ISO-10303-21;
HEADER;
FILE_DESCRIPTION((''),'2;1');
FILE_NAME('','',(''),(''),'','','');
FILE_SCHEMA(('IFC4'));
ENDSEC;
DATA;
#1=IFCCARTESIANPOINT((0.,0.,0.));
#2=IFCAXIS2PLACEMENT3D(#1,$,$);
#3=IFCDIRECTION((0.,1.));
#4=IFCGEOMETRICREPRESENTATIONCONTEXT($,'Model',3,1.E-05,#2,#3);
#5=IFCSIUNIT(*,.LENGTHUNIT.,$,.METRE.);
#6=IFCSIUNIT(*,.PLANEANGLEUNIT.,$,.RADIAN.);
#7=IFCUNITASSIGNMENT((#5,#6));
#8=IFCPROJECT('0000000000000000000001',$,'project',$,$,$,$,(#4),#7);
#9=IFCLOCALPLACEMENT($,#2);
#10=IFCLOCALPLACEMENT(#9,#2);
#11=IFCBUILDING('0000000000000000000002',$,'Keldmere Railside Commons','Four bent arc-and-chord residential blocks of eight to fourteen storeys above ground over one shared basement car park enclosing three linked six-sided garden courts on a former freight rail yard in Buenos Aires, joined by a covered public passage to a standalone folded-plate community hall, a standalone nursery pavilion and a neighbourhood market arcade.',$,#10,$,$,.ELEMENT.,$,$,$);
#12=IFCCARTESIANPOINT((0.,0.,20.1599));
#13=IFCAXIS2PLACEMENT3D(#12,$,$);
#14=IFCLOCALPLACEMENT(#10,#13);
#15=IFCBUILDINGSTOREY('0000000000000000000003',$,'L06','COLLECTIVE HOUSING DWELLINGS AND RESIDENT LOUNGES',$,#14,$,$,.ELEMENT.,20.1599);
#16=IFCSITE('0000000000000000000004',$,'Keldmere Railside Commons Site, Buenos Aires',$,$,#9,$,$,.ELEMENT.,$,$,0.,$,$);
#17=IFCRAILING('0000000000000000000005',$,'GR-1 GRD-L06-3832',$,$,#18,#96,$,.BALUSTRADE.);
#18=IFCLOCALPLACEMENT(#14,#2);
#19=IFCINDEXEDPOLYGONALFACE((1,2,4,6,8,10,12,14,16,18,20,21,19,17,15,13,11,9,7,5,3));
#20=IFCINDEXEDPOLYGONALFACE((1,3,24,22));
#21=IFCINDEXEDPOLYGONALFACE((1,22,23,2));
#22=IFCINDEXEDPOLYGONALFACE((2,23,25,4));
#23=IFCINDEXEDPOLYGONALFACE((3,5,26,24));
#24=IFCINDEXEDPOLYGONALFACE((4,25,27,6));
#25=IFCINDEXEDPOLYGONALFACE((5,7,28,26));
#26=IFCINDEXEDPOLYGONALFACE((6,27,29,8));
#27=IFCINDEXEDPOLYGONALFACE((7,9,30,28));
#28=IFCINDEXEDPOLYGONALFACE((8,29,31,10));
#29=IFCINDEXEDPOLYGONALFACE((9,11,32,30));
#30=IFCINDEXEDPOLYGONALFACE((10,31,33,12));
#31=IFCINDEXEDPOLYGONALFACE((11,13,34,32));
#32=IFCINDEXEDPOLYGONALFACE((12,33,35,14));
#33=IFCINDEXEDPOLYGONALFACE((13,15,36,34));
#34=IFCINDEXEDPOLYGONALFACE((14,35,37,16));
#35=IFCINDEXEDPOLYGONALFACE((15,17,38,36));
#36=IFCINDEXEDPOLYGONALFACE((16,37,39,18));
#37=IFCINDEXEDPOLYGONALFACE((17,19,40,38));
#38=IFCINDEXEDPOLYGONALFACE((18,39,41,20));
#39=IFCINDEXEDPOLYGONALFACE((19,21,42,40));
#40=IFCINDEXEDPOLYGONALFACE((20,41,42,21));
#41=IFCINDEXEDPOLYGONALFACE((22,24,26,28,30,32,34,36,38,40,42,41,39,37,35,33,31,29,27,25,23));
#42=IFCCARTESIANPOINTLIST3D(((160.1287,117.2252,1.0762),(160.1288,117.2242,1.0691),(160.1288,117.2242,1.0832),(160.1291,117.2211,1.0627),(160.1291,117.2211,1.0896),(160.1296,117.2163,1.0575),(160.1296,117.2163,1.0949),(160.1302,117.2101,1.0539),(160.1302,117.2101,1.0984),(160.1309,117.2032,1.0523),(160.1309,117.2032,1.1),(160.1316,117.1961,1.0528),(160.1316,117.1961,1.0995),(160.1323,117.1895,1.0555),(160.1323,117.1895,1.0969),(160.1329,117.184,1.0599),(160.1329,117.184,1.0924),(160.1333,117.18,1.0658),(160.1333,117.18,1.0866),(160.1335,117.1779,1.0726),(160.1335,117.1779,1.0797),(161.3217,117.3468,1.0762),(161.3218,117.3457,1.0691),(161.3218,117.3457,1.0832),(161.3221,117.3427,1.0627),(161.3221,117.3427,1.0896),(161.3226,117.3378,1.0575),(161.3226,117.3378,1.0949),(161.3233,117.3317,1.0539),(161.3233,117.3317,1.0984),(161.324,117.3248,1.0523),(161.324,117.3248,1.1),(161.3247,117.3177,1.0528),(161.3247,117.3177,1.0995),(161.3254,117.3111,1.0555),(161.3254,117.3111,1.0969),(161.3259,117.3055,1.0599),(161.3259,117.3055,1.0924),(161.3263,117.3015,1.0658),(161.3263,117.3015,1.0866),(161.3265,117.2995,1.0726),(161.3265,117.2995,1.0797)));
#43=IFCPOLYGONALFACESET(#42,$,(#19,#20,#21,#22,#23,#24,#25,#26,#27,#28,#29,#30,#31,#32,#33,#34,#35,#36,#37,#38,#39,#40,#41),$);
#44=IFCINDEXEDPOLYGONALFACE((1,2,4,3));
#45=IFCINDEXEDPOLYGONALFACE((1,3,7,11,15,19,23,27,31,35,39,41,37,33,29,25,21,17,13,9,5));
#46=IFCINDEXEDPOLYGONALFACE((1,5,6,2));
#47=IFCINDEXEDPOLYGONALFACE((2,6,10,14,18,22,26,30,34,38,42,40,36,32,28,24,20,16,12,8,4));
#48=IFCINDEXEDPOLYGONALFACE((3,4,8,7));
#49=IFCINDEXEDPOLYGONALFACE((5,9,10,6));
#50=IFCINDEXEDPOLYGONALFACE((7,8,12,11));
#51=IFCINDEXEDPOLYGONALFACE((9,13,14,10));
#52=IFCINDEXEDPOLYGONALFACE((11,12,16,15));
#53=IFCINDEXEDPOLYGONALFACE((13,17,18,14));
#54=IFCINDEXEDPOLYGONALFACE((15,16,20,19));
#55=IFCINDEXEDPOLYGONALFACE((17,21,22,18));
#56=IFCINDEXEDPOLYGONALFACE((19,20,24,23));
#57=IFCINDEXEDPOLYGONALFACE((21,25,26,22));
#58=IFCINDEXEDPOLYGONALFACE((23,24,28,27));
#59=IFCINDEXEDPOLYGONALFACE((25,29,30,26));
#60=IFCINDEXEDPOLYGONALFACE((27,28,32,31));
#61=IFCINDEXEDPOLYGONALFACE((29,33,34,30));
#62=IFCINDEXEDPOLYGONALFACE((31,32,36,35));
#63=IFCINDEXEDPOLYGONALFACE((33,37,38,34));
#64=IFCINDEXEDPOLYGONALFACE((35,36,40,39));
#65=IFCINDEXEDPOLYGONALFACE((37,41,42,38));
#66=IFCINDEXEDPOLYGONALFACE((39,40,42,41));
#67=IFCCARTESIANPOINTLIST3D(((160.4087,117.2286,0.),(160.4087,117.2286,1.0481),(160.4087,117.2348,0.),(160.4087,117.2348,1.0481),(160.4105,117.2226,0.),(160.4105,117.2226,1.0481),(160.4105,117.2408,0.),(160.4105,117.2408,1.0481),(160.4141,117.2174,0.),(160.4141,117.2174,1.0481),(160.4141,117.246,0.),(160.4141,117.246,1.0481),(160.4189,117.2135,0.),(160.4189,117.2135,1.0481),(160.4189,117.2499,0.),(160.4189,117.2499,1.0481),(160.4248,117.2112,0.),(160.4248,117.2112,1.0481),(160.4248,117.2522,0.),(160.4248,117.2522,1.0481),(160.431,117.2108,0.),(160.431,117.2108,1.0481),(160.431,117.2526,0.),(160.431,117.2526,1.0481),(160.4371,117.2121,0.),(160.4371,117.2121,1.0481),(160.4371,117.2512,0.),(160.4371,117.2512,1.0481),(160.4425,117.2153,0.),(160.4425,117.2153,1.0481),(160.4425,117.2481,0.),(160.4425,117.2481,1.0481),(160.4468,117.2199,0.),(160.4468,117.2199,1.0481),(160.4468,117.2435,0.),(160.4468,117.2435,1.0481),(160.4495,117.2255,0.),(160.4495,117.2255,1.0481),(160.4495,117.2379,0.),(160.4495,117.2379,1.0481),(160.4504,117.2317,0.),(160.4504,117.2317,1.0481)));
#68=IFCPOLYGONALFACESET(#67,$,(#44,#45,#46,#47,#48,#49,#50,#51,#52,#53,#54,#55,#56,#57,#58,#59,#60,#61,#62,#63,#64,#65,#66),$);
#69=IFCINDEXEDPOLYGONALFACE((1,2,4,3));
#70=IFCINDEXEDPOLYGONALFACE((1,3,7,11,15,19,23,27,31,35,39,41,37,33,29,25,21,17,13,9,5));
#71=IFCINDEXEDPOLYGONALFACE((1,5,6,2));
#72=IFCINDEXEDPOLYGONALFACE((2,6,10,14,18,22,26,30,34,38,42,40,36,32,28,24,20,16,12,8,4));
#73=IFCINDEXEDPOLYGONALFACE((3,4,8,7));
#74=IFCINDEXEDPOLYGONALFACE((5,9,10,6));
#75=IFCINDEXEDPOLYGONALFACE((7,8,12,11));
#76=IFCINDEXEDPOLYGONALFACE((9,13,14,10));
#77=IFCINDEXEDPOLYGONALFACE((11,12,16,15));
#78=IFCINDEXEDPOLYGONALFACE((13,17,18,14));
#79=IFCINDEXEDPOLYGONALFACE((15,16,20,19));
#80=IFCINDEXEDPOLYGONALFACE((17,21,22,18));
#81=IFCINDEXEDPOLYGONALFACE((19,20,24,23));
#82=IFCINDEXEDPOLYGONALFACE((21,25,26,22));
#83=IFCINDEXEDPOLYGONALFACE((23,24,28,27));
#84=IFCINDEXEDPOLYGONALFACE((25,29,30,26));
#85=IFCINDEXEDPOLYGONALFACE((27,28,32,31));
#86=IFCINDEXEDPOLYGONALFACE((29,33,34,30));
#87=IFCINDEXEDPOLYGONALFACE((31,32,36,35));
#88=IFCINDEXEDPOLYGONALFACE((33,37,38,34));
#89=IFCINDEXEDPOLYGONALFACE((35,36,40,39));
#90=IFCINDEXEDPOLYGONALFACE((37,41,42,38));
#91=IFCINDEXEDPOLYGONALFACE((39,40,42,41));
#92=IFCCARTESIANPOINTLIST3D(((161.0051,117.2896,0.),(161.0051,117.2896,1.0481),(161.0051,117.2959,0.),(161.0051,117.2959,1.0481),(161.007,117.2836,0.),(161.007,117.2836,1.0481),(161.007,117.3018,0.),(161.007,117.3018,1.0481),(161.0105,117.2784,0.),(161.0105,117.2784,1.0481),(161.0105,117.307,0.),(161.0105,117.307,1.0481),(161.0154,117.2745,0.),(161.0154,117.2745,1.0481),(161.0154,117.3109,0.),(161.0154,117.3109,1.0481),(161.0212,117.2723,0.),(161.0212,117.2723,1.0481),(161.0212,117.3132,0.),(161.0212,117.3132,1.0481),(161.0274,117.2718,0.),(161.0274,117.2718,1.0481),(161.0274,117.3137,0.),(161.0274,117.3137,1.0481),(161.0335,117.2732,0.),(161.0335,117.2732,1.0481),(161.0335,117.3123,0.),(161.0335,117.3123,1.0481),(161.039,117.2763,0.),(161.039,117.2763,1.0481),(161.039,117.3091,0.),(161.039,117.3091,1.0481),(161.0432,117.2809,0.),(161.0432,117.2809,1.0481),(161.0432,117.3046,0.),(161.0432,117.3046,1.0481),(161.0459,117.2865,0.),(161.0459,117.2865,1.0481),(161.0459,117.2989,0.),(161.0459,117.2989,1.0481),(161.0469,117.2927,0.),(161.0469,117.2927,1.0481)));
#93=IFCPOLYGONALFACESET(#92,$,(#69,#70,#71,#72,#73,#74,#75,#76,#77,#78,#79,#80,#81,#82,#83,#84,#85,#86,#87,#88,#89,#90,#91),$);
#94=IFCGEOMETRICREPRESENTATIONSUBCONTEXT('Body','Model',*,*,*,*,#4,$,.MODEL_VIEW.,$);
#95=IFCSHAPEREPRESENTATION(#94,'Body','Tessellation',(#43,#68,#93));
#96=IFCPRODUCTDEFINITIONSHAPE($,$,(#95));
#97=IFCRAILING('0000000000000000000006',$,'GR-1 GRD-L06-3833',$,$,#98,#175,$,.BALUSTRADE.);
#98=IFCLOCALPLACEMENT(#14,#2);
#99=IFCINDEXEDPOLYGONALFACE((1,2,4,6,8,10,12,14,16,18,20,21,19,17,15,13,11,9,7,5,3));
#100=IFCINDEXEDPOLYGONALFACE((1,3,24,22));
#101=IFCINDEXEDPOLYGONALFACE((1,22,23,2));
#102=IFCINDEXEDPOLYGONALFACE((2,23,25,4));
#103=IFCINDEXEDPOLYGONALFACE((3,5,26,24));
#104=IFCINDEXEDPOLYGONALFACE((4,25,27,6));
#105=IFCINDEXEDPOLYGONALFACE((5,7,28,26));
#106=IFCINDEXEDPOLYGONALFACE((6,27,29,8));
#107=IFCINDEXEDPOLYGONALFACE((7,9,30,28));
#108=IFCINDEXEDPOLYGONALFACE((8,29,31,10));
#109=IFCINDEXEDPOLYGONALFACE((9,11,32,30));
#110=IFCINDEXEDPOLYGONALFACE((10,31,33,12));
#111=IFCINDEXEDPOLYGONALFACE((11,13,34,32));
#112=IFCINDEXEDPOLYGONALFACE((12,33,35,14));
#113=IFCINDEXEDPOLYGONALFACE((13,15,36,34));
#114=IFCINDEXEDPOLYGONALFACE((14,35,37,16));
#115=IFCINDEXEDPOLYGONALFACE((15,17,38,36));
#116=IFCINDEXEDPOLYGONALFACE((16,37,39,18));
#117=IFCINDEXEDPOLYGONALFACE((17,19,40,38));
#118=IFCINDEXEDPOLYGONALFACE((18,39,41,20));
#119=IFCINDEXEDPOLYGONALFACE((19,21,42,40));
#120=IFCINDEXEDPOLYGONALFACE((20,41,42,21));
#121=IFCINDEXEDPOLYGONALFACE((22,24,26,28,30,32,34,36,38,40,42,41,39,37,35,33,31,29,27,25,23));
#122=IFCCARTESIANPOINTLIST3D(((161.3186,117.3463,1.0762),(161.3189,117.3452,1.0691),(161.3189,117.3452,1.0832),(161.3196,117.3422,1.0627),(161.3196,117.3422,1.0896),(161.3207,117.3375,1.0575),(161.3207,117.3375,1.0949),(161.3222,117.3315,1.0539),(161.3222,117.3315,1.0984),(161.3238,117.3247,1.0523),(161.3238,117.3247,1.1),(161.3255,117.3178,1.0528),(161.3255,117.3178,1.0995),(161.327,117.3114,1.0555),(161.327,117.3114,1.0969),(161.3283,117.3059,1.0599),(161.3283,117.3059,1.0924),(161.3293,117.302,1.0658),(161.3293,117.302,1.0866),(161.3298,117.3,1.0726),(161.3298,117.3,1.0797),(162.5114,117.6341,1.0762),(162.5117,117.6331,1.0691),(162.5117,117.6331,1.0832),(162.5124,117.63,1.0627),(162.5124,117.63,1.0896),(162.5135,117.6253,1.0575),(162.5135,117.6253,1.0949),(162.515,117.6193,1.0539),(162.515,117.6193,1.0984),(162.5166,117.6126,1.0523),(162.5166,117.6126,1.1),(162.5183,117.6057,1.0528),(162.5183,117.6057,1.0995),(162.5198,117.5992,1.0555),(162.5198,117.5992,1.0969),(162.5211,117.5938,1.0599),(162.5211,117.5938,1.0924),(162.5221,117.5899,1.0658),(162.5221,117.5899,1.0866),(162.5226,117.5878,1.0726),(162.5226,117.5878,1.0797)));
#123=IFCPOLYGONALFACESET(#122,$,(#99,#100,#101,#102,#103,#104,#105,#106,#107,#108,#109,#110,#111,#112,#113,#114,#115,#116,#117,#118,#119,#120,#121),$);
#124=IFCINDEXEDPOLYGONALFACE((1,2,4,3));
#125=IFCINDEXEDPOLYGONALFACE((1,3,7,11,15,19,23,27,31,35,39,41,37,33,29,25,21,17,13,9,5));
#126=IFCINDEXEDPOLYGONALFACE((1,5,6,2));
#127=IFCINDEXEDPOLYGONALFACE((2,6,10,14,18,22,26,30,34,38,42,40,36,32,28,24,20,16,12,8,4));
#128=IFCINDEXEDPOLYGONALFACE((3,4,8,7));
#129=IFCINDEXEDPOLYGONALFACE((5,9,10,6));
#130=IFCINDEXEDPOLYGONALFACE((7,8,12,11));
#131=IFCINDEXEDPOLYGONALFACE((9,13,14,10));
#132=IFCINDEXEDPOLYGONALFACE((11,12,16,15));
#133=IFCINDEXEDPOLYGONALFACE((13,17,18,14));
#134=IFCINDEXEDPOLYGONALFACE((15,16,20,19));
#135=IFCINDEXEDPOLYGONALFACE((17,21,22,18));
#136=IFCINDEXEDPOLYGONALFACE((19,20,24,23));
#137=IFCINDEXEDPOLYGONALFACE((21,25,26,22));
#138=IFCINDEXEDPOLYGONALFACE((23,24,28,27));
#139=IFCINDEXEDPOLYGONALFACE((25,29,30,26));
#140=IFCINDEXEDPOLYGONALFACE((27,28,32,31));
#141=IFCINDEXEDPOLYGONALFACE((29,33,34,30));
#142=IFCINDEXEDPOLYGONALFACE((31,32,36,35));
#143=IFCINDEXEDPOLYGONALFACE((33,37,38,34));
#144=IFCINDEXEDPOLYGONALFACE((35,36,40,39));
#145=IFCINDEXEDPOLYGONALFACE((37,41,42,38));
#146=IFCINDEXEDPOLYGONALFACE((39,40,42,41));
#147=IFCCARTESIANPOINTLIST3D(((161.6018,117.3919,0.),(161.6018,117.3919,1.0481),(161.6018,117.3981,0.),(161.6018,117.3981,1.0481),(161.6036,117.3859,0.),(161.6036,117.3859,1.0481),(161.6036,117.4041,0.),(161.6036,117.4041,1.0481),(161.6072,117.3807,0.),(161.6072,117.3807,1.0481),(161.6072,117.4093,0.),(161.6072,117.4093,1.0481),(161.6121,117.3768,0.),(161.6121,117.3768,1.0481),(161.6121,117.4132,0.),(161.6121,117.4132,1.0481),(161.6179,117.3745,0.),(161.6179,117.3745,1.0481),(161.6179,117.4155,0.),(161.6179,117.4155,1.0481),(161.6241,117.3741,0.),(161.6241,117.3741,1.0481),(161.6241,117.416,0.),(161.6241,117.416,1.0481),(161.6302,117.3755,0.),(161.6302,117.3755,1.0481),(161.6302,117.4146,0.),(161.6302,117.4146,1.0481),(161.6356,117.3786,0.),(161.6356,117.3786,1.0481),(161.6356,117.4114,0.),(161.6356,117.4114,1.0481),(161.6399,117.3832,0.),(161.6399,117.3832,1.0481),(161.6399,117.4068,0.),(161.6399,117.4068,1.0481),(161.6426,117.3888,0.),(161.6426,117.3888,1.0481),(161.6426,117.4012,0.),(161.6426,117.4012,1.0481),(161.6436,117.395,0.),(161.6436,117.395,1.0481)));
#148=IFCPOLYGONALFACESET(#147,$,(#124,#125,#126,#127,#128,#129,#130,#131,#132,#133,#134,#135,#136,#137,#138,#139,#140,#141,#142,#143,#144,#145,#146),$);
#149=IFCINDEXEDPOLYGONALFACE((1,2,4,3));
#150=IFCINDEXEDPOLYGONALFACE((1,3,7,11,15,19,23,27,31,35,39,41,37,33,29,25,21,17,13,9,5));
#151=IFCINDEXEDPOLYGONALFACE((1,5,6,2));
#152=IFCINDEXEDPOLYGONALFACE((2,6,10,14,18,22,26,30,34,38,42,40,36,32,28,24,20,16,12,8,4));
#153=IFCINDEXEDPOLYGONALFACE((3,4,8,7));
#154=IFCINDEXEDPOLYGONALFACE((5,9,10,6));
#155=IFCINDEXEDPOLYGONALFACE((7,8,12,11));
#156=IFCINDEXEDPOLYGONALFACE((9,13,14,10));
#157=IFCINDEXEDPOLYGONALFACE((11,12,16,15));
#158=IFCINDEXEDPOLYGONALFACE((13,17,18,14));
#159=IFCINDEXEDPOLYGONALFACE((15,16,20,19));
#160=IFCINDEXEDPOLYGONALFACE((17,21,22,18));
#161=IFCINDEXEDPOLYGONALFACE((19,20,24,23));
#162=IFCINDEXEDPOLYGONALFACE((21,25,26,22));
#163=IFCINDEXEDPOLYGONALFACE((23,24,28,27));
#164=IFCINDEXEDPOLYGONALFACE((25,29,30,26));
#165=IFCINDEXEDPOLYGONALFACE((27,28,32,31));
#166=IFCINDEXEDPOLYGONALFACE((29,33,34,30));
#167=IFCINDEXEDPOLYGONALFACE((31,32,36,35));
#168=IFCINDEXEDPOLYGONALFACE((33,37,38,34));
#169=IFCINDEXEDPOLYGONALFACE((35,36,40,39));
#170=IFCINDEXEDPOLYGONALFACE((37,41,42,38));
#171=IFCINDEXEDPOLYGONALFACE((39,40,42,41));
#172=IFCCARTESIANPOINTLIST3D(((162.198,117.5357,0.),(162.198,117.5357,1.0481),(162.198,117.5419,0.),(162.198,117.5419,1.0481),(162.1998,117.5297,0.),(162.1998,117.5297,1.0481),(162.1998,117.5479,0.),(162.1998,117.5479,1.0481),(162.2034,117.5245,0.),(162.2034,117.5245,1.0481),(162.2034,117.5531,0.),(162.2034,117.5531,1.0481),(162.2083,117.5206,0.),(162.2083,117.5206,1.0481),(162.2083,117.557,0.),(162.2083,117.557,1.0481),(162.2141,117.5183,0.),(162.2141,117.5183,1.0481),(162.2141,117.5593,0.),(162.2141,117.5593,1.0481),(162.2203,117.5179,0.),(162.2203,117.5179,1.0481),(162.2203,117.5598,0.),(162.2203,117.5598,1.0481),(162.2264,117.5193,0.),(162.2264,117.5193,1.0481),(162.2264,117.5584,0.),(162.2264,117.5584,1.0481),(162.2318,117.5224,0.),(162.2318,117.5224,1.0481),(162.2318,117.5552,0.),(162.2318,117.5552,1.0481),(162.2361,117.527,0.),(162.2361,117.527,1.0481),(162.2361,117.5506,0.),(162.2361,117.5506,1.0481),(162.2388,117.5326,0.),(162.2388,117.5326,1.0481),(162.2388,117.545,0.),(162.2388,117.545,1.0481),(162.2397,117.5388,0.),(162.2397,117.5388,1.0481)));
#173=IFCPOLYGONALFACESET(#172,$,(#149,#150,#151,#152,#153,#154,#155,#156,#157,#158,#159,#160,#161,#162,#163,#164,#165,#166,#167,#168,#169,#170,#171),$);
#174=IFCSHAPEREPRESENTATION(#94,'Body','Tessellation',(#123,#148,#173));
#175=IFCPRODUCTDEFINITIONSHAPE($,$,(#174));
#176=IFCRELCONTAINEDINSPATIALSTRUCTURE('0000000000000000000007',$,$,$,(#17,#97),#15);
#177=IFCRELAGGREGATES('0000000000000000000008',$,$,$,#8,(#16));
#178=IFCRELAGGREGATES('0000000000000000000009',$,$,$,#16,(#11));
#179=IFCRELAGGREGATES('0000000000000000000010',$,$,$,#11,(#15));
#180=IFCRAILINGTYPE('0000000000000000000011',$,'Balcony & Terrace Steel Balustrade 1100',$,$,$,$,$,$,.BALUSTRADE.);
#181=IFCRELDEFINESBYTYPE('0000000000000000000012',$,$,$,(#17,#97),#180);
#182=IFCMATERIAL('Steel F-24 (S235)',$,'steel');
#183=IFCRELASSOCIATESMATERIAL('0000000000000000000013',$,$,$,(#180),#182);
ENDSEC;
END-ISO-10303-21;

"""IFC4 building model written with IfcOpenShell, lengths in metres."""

from ifc_helpers import new_model, si_unit, direction, frame, origin, origin_2d, place, context, subcontext, project, spatial, circle, extrude, material, type_object, element, save


model = new_model("IFC4")

# Units and contexts
model_context = context("Model", 3, precision=1e-05, world=origin(), true_north=direction((0.0, 1.0)))
body_context = subcontext(model_context, "Body", "Model", "MODEL_VIEW")
ifc_project = project(units=[si_unit("LENGTHUNIT", "METRE"), si_unit("PLANEANGLEUNIT", "RADIAN")], contexts=[model_context])

# Site, building, storey
site_placement = place(None, origin())
site = spatial("IfcSite", under=ifc_project, at=site_placement, Name="Keldmere Railside Commons Site, Buenos Aires", CompositionType="ELEMENT", RefElevation=0.0)
building_placement = place(site_placement, origin())
building = spatial("IfcBuilding", under=site, at=building_placement, Name="Keldmere Railside Commons", Description="Four bent arc-and-chord residential blocks of eight to fourteen storeys above ground over one shared basement car park enclosing three linked six-sided garden courts on a former freight rail yard in Buenos Aires, joined by a covered public passage to a standalone folded-plate community hall, a standalone nursery pavilion and a neighbourhood market arcade.", CompositionType="ELEMENT")
storey_placement = place(building_placement, frame((0.0, 0.0, 20.1599)))
storey = spatial("IfcBuildingStorey", under=building, at=storey_placement, Name="L06", Description="COLLECTIVE HOUSING DWELLINGS AND RESIDENT LOUNGES", CompositionType="ELEMENT", Elevation=20.1599)

# Railings
ifc_material_1 = material(Name="Steel F-24 (S235)", Category="steel")
railing_type = type_object("IfcRailingType", Name="Balcony & Terrace Steel Balustrade 1100", PredefinedType="BALUSTRADE", material=ifc_material_1)
railing_1_placement = place(storey_placement, frame((160.1311, 117.2014, 0.0)))
element("IfcRailing", 1, at=railing_1_placement, inside=storey, type_object=railing_type, Name="GR-1 GRD-L06-3832", PredefinedType="BALUSTRADE", context=body_context, shape_type="SweptSolid", body=[
    extrude(circle(Radius=0.0239, at=origin_2d()), frame((0.0, 0.0, 1.0762), z_axis=(0.994848, 0.101378, 0.0), x_axis=(-0.101378, 0.994848, 0.0)), (0.0, 0.0, 1.0), 1.1992),
    extrude(circle(Radius=0.021, at=origin_2d()), frame((0.2983, 0.0303, 0.0)), (0.0, 0.0, 1.0), 1.0481),
    extrude(circle(Radius=0.021, at=origin_2d()), frame((0.8948, 0.0913, 0.0)), (0.0, 0.0, 1.0), 1.0481),
])
railing_2_placement = place(storey_placement, frame((161.3242, 117.323, 0.0)))
element("IfcRailing", 2, at=railing_2_placement, inside=storey, type_object=railing_type, Name="GR-1 GRD-L06-3833", PredefinedType="BALUSTRADE", context=body_context, shape_type="SweptSolid", body=[
    extrude(circle(Radius=0.0239, at=origin_2d()), frame((0.0, 0.0, 1.0762), z_axis=(0.972099, 0.234569, 0.0), x_axis=(-0.234569, 0.972099, 0.0)), (0.0, 0.0, 1.0), 1.2271),
    extrude(circle(Radius=0.021, at=origin_2d()), frame((0.2983, 0.072, 0.0)), (0.0, 0.0, 1.0), 1.0481),
    extrude(circle(Radius=0.021, at=origin_2d()), frame((0.8945, 0.2158, 0.0)), (0.0, 0.0, 1.0), 1.0481),
])

save(model, "model.ifc")
